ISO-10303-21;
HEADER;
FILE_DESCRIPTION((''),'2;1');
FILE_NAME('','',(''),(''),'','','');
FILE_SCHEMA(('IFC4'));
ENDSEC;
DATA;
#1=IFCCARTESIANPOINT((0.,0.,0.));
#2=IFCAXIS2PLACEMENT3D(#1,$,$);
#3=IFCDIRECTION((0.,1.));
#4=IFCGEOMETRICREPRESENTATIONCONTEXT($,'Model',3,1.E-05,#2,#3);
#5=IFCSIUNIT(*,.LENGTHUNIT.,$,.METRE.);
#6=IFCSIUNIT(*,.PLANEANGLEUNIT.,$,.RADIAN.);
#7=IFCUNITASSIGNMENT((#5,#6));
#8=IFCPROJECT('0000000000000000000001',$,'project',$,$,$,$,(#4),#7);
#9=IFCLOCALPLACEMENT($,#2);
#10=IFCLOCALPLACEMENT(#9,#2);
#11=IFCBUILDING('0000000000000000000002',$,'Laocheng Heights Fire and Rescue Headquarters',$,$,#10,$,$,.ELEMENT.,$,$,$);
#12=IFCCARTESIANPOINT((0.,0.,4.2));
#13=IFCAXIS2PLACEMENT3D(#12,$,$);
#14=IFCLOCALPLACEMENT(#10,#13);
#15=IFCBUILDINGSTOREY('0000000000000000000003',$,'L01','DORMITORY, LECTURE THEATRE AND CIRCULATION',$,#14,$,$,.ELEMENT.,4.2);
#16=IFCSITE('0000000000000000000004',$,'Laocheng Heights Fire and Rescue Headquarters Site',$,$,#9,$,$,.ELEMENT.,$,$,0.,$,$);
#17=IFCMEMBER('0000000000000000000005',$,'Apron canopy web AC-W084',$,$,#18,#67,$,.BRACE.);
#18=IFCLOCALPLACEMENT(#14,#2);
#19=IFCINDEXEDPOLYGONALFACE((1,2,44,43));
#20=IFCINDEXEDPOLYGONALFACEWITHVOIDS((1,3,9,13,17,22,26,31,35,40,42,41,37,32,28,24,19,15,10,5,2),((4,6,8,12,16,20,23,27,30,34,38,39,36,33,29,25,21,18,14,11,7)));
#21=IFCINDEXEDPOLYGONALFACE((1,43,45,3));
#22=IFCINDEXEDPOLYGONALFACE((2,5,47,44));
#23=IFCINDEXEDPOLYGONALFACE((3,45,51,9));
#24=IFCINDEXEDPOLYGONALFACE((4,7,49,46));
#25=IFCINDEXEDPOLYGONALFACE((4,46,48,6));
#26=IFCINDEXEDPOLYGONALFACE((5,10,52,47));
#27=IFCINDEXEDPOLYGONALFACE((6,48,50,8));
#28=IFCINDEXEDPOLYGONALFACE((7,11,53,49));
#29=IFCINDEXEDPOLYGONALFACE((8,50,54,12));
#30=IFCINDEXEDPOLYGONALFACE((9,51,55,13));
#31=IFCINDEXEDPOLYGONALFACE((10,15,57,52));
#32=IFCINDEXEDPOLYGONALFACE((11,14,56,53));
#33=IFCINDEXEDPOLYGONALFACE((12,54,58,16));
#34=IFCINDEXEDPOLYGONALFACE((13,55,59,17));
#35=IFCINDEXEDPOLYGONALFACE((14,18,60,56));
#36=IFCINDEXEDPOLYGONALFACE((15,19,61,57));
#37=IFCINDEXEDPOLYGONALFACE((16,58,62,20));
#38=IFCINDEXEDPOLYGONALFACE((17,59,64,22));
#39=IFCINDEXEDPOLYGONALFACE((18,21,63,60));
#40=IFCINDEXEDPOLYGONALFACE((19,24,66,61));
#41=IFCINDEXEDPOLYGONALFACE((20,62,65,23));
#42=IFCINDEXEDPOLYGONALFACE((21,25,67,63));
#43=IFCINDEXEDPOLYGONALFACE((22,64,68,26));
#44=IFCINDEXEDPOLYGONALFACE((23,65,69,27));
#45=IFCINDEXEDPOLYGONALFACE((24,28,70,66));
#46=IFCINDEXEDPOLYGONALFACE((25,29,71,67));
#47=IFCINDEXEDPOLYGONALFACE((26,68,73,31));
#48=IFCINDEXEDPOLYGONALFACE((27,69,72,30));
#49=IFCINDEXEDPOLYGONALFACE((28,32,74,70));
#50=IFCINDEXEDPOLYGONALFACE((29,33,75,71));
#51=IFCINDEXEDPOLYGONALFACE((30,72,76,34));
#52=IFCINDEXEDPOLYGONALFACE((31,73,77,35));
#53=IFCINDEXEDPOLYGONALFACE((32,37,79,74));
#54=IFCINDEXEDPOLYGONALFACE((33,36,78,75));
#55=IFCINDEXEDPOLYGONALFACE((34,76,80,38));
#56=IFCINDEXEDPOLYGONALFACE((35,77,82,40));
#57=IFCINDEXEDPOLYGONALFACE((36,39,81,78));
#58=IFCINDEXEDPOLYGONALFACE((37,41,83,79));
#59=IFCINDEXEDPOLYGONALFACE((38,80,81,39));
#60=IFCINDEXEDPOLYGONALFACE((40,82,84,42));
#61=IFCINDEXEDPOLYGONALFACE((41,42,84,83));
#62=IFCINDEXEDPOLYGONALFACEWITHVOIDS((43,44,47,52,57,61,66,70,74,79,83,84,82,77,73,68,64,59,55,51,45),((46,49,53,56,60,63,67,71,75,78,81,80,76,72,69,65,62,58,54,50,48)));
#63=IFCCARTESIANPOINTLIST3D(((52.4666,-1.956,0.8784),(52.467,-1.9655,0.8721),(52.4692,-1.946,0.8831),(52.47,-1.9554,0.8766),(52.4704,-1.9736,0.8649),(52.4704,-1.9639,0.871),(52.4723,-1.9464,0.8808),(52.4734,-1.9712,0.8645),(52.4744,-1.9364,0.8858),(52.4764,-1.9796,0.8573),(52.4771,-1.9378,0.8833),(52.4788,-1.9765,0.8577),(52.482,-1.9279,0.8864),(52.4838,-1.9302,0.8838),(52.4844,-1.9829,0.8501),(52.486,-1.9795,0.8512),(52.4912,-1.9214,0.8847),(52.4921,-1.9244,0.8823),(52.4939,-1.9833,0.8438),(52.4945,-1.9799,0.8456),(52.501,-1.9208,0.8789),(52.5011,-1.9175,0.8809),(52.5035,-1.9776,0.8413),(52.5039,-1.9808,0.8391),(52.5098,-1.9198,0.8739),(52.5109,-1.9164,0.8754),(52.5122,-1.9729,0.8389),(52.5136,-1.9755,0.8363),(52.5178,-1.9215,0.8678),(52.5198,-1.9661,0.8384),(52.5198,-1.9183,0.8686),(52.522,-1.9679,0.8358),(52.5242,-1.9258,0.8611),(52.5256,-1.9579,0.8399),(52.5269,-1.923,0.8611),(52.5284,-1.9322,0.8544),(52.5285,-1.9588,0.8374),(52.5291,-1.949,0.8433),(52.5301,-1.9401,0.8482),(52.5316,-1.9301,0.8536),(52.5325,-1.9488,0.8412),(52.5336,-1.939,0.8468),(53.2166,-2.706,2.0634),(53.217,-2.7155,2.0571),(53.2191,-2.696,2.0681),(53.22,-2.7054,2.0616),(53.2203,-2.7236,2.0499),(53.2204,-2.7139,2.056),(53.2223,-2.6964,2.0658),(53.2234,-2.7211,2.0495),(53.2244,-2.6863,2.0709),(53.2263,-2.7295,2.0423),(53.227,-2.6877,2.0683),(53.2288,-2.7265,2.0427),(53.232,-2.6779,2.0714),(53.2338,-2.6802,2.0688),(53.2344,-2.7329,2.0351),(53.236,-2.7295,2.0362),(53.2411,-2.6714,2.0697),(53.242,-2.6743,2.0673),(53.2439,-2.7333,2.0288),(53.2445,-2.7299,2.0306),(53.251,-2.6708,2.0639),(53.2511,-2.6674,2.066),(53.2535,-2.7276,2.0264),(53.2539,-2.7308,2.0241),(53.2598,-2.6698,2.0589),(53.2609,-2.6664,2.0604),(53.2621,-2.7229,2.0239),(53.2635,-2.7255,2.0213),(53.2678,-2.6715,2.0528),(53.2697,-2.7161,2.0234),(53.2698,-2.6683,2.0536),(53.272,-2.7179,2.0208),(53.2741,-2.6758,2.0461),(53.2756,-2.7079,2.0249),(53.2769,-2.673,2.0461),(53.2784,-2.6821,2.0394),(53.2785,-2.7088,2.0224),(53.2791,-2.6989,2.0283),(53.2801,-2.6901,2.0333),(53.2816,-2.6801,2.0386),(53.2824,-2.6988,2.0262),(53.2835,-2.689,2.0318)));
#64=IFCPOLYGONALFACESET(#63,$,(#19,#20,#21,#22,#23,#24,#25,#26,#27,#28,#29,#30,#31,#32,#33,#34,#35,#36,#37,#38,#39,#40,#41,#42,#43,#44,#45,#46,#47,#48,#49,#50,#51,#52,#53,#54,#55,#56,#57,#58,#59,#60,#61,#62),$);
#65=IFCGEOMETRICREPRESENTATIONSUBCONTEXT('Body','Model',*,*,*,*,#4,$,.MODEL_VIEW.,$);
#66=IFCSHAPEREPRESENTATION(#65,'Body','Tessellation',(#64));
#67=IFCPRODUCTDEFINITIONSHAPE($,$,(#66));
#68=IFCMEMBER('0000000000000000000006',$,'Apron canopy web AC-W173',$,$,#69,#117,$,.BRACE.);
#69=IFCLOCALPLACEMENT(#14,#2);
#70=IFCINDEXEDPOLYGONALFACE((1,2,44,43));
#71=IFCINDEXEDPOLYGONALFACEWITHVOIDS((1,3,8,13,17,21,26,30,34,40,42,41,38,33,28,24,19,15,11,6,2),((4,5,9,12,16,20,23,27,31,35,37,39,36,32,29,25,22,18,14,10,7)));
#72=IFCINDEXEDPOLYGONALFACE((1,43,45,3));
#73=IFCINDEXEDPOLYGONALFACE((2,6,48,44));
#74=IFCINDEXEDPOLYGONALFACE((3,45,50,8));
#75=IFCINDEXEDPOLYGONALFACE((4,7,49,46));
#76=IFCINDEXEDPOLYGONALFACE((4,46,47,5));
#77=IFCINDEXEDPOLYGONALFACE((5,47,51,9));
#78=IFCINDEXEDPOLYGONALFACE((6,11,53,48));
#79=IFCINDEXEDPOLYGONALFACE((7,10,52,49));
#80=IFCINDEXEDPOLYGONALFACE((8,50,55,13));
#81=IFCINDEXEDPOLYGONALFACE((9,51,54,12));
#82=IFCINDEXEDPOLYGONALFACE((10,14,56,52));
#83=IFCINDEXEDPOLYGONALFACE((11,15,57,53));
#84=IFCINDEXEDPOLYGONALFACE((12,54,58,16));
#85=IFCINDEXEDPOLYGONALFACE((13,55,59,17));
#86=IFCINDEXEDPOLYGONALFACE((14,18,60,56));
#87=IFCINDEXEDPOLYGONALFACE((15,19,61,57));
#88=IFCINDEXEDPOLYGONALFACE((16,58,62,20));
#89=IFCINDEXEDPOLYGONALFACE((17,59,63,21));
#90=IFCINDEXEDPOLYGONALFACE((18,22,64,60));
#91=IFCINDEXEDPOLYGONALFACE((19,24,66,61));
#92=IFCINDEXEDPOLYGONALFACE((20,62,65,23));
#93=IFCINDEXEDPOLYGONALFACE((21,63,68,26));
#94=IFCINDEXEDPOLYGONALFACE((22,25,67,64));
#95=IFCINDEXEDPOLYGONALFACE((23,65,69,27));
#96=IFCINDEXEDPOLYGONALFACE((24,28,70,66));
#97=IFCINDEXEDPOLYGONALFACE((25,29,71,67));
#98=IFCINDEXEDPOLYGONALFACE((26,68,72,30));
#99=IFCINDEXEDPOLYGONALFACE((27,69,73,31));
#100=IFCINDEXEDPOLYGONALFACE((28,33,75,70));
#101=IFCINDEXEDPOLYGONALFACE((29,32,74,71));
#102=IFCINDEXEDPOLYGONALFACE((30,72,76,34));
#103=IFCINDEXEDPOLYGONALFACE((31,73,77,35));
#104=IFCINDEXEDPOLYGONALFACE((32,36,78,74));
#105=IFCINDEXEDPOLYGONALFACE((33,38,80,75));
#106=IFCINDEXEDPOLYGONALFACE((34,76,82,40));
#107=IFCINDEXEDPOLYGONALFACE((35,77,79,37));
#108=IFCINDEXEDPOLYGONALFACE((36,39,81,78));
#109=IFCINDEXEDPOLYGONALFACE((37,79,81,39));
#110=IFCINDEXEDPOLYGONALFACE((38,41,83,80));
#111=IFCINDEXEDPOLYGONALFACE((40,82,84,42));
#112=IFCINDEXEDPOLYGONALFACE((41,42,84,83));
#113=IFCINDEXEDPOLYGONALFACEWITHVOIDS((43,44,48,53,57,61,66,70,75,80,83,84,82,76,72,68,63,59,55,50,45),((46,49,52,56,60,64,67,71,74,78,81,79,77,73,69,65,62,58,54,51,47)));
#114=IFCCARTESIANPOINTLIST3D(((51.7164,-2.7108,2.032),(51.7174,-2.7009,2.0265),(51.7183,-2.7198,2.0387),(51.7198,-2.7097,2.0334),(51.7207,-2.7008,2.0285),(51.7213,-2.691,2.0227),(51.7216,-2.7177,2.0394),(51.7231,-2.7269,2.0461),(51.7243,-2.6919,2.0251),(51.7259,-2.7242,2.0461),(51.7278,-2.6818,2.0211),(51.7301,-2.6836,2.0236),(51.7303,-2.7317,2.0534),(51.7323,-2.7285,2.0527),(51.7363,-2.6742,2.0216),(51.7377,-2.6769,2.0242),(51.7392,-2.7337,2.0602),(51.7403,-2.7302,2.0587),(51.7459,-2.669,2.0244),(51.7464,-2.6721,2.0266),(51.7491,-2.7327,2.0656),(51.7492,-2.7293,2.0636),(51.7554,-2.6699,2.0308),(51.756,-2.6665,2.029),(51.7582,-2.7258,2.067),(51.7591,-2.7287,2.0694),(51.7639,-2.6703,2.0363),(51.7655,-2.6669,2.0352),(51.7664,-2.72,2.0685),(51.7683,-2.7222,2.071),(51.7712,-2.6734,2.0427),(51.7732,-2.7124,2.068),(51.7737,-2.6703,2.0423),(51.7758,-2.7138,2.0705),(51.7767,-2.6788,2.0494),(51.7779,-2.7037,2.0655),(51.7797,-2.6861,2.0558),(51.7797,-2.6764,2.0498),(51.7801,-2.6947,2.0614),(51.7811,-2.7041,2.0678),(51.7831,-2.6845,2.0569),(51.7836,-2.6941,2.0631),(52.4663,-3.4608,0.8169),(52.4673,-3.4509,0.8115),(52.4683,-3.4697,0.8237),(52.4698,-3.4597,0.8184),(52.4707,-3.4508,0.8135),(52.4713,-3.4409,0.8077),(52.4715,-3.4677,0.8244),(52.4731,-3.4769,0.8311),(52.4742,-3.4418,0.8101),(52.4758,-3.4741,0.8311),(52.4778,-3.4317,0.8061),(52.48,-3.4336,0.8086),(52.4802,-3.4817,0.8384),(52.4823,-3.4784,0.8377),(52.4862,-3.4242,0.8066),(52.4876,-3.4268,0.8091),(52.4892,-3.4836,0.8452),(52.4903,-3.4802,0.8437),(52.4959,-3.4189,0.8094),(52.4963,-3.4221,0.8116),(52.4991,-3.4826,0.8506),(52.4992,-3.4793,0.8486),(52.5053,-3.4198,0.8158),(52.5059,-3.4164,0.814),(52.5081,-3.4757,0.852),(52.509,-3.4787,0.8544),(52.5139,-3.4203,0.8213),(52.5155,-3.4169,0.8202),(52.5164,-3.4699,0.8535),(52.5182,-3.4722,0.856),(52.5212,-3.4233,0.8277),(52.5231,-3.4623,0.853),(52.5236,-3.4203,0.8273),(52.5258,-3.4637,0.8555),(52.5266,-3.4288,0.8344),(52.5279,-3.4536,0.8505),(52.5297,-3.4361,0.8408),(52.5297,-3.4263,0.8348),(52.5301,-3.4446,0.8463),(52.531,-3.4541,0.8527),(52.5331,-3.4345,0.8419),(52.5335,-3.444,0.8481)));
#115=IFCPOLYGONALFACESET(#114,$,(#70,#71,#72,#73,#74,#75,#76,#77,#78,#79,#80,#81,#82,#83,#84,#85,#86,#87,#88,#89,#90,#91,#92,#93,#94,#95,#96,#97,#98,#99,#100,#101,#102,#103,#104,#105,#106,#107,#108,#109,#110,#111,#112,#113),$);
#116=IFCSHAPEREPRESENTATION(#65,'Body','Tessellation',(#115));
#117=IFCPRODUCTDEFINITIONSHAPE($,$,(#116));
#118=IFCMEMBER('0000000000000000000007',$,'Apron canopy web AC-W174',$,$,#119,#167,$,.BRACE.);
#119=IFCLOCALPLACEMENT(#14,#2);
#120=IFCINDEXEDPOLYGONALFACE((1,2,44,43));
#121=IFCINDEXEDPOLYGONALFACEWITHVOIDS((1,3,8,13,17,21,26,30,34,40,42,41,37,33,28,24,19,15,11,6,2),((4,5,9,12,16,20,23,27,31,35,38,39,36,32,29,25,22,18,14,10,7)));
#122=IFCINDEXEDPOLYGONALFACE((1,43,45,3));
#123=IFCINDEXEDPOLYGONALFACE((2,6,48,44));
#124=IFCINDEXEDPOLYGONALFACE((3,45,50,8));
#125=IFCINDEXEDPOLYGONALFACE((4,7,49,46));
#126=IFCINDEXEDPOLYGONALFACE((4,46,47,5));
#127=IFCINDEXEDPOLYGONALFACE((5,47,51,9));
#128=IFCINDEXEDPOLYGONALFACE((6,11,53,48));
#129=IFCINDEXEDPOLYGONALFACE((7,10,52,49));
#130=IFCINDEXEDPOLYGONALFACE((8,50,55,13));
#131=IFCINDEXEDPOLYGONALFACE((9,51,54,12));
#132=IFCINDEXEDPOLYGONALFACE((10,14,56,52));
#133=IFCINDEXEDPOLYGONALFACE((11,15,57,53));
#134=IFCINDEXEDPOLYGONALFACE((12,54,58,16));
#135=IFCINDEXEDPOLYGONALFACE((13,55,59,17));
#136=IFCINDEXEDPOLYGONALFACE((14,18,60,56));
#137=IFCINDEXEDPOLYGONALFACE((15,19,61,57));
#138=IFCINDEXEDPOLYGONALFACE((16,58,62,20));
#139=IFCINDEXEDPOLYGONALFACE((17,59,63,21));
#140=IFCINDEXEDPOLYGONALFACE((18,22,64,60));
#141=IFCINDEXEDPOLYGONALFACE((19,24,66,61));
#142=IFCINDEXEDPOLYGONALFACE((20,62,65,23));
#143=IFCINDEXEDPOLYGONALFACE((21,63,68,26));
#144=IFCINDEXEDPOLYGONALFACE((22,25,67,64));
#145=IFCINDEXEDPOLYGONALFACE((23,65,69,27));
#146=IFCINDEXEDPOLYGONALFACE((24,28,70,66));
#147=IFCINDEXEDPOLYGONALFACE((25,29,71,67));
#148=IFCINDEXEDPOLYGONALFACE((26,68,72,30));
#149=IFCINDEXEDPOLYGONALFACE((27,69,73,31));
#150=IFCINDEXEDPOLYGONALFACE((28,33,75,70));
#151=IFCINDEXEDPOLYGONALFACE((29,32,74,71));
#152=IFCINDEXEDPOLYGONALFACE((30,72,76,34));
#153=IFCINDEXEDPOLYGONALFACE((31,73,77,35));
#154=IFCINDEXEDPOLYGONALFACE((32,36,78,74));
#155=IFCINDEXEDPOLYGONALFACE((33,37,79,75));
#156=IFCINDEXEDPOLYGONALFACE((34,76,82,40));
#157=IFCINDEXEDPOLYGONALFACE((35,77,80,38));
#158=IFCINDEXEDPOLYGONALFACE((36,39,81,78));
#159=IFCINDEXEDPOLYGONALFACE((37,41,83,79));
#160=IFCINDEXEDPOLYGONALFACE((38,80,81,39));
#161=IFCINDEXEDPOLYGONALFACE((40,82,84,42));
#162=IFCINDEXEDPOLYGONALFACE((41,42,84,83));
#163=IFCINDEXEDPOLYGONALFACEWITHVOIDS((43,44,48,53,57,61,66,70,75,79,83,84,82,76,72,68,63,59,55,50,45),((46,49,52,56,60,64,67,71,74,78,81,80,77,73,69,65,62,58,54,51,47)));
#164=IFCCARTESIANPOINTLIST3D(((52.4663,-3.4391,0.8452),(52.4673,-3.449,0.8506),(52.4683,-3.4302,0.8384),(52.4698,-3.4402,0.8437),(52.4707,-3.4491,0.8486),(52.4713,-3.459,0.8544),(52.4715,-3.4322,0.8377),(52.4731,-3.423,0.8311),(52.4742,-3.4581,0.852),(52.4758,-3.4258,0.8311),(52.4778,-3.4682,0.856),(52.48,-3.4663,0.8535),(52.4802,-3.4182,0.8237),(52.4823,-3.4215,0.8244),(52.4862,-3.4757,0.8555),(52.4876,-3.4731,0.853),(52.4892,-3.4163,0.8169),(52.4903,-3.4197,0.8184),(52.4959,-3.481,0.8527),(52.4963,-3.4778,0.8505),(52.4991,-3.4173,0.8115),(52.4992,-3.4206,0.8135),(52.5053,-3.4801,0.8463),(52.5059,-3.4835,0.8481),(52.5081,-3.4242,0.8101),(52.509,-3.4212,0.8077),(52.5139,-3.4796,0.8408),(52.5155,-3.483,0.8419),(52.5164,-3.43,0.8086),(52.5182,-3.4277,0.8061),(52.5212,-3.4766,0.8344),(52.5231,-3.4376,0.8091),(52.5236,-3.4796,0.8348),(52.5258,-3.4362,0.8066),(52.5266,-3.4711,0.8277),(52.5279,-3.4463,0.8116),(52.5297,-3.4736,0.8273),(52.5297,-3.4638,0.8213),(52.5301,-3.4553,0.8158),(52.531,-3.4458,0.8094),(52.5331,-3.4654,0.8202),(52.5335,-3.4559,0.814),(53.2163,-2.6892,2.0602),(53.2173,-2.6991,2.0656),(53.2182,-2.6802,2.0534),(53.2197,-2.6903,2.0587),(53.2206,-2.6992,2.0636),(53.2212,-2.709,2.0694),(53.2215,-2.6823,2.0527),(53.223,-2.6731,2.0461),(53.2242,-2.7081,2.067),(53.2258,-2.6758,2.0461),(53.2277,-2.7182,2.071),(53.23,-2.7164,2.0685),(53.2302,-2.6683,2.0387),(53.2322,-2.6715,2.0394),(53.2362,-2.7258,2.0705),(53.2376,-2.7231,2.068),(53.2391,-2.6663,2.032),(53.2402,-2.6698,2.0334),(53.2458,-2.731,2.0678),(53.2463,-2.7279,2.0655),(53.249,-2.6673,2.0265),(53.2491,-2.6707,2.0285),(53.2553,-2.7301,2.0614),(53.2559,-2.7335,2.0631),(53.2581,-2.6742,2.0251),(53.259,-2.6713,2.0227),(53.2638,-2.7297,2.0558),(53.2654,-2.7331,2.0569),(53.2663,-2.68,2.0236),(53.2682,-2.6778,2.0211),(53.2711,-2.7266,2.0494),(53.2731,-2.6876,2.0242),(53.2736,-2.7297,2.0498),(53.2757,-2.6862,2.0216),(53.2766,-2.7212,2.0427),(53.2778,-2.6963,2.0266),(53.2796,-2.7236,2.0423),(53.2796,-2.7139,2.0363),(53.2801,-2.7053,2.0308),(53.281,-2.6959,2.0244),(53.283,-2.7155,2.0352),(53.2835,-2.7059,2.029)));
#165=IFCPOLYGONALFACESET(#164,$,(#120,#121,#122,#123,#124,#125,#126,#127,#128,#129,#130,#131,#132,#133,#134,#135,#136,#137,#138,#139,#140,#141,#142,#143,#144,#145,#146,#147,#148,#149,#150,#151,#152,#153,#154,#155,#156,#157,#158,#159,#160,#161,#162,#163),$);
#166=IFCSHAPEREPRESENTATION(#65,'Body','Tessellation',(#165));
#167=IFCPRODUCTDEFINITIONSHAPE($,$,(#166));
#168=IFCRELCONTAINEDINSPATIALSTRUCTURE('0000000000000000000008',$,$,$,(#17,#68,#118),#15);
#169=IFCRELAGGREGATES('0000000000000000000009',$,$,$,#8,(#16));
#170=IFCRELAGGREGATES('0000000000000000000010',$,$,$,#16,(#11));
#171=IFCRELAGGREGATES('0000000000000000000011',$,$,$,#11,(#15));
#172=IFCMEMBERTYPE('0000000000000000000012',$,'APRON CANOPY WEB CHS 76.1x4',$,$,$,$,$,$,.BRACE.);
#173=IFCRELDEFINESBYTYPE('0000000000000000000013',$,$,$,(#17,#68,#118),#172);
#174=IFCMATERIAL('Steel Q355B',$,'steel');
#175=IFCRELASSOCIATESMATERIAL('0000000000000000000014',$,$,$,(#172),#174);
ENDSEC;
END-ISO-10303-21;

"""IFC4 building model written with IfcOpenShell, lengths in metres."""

from ifc_helpers import new_model, si_unit, direction, frame, origin, origin_2d, place, context, subcontext, project, spatial, hollow_circle, extrude, material, material_profile, profile_set, type_object, element, save


model = new_model("IFC4")

# Units and contexts
model_context = context("Model", 3, precision=1e-05, world=origin(), true_north=direction((0.0, 1.0)))
body_context = subcontext(model_context, "Body", "Model", "MODEL_VIEW")
ifc_project = project(units=[si_unit("LENGTHUNIT", "METRE"), si_unit("PLANEANGLEUNIT", "RADIAN")], contexts=[model_context])

# Site, building, storey
site_placement = place(None, origin())
site = spatial("IfcSite", under=ifc_project, at=site_placement, Name="Laocheng Heights Fire and Rescue Headquarters Site", CompositionType="ELEMENT", RefElevation=0.0)
building_placement = place(site_placement, origin())
building = spatial("IfcBuilding", under=site, at=building_placement, Name="Laocheng Heights Fire and Rescue Headquarters", CompositionType="ELEMENT")
storey_placement = place(building_placement, frame((0.0, 0.0, 4.2)))
storey = spatial("IfcBuildingStorey", under=building, at=storey_placement, Name="L01", Description="DORMITORY, LECTURE THEATRE AND CIRCULATION", CompositionType="ELEMENT", Elevation=4.2)

# Members
ifc_material_1 = material(Name="Steel Q355B", Category="steel")
ifc_material_profile_1 = material_profile(ifc_material_1, hollow_circle(Radius=0.0381, WallThickness=0.0039, at=origin_2d()), Name="CHS 76.1x4")
ifc_profile_set_1 = profile_set([ifc_material_profile_1], Name="Steel Q355B")
member_type_1 = type_object("IfcMemberType", Name="APRON CANOPY WEB CHS 76.1x4", PredefinedType="BRACE", material=ifc_profile_set_1)
for number, where, z_axis, x_axis, name in (
    (1, (52.5, -1.95, 0.8611), (0.47158, -0.47158, 0.745134), (0.707107, 0.707107, 0.0), "Apron canopy web AC-W084"),
):
    element("IfcMember", number, at=place(storey_placement, frame(where, z_axis=z_axis, x_axis=x_axis)), inside=storey, type_object=member_type_1, Name=name, PredefinedType="BRACE", context=body_context, shape_type="SweptSolid", body=[
        extrude(hollow_circle(Radius=0.0381, WallThickness=0.0039, at=origin_2d()), origin(), (0.0, 0.0, 1.0), 1.5903),
    ])
for number, where, z_axis, x_axis, name in (
    (2, (52.5, -3.45, 0.8311), (-0.465002, 0.465002, 0.753357), (-0.707107, -0.707107, 0.0), "Apron canopy web AC-W173"),
    (3, (52.5, -3.45, 0.8311), (0.465002, 0.465002, 0.753357), (-0.707107, 0.707107, 0.0), "Apron canopy web AC-W174"),
):
    element("IfcMember", number, at=place(storey_placement, frame(where, z_axis=z_axis, x_axis=x_axis)), inside=storey, type_object=member_type_1, Name=name, PredefinedType="BRACE", context=body_context, shape_type="SweptSolid", body=[
        extrude(hollow_circle(Radius=0.0381, WallThickness=0.0039, at=origin_2d()), origin(), (0.0, 0.0, 1.0), 1.6128),
    ])

save(model, "model.ifc")
